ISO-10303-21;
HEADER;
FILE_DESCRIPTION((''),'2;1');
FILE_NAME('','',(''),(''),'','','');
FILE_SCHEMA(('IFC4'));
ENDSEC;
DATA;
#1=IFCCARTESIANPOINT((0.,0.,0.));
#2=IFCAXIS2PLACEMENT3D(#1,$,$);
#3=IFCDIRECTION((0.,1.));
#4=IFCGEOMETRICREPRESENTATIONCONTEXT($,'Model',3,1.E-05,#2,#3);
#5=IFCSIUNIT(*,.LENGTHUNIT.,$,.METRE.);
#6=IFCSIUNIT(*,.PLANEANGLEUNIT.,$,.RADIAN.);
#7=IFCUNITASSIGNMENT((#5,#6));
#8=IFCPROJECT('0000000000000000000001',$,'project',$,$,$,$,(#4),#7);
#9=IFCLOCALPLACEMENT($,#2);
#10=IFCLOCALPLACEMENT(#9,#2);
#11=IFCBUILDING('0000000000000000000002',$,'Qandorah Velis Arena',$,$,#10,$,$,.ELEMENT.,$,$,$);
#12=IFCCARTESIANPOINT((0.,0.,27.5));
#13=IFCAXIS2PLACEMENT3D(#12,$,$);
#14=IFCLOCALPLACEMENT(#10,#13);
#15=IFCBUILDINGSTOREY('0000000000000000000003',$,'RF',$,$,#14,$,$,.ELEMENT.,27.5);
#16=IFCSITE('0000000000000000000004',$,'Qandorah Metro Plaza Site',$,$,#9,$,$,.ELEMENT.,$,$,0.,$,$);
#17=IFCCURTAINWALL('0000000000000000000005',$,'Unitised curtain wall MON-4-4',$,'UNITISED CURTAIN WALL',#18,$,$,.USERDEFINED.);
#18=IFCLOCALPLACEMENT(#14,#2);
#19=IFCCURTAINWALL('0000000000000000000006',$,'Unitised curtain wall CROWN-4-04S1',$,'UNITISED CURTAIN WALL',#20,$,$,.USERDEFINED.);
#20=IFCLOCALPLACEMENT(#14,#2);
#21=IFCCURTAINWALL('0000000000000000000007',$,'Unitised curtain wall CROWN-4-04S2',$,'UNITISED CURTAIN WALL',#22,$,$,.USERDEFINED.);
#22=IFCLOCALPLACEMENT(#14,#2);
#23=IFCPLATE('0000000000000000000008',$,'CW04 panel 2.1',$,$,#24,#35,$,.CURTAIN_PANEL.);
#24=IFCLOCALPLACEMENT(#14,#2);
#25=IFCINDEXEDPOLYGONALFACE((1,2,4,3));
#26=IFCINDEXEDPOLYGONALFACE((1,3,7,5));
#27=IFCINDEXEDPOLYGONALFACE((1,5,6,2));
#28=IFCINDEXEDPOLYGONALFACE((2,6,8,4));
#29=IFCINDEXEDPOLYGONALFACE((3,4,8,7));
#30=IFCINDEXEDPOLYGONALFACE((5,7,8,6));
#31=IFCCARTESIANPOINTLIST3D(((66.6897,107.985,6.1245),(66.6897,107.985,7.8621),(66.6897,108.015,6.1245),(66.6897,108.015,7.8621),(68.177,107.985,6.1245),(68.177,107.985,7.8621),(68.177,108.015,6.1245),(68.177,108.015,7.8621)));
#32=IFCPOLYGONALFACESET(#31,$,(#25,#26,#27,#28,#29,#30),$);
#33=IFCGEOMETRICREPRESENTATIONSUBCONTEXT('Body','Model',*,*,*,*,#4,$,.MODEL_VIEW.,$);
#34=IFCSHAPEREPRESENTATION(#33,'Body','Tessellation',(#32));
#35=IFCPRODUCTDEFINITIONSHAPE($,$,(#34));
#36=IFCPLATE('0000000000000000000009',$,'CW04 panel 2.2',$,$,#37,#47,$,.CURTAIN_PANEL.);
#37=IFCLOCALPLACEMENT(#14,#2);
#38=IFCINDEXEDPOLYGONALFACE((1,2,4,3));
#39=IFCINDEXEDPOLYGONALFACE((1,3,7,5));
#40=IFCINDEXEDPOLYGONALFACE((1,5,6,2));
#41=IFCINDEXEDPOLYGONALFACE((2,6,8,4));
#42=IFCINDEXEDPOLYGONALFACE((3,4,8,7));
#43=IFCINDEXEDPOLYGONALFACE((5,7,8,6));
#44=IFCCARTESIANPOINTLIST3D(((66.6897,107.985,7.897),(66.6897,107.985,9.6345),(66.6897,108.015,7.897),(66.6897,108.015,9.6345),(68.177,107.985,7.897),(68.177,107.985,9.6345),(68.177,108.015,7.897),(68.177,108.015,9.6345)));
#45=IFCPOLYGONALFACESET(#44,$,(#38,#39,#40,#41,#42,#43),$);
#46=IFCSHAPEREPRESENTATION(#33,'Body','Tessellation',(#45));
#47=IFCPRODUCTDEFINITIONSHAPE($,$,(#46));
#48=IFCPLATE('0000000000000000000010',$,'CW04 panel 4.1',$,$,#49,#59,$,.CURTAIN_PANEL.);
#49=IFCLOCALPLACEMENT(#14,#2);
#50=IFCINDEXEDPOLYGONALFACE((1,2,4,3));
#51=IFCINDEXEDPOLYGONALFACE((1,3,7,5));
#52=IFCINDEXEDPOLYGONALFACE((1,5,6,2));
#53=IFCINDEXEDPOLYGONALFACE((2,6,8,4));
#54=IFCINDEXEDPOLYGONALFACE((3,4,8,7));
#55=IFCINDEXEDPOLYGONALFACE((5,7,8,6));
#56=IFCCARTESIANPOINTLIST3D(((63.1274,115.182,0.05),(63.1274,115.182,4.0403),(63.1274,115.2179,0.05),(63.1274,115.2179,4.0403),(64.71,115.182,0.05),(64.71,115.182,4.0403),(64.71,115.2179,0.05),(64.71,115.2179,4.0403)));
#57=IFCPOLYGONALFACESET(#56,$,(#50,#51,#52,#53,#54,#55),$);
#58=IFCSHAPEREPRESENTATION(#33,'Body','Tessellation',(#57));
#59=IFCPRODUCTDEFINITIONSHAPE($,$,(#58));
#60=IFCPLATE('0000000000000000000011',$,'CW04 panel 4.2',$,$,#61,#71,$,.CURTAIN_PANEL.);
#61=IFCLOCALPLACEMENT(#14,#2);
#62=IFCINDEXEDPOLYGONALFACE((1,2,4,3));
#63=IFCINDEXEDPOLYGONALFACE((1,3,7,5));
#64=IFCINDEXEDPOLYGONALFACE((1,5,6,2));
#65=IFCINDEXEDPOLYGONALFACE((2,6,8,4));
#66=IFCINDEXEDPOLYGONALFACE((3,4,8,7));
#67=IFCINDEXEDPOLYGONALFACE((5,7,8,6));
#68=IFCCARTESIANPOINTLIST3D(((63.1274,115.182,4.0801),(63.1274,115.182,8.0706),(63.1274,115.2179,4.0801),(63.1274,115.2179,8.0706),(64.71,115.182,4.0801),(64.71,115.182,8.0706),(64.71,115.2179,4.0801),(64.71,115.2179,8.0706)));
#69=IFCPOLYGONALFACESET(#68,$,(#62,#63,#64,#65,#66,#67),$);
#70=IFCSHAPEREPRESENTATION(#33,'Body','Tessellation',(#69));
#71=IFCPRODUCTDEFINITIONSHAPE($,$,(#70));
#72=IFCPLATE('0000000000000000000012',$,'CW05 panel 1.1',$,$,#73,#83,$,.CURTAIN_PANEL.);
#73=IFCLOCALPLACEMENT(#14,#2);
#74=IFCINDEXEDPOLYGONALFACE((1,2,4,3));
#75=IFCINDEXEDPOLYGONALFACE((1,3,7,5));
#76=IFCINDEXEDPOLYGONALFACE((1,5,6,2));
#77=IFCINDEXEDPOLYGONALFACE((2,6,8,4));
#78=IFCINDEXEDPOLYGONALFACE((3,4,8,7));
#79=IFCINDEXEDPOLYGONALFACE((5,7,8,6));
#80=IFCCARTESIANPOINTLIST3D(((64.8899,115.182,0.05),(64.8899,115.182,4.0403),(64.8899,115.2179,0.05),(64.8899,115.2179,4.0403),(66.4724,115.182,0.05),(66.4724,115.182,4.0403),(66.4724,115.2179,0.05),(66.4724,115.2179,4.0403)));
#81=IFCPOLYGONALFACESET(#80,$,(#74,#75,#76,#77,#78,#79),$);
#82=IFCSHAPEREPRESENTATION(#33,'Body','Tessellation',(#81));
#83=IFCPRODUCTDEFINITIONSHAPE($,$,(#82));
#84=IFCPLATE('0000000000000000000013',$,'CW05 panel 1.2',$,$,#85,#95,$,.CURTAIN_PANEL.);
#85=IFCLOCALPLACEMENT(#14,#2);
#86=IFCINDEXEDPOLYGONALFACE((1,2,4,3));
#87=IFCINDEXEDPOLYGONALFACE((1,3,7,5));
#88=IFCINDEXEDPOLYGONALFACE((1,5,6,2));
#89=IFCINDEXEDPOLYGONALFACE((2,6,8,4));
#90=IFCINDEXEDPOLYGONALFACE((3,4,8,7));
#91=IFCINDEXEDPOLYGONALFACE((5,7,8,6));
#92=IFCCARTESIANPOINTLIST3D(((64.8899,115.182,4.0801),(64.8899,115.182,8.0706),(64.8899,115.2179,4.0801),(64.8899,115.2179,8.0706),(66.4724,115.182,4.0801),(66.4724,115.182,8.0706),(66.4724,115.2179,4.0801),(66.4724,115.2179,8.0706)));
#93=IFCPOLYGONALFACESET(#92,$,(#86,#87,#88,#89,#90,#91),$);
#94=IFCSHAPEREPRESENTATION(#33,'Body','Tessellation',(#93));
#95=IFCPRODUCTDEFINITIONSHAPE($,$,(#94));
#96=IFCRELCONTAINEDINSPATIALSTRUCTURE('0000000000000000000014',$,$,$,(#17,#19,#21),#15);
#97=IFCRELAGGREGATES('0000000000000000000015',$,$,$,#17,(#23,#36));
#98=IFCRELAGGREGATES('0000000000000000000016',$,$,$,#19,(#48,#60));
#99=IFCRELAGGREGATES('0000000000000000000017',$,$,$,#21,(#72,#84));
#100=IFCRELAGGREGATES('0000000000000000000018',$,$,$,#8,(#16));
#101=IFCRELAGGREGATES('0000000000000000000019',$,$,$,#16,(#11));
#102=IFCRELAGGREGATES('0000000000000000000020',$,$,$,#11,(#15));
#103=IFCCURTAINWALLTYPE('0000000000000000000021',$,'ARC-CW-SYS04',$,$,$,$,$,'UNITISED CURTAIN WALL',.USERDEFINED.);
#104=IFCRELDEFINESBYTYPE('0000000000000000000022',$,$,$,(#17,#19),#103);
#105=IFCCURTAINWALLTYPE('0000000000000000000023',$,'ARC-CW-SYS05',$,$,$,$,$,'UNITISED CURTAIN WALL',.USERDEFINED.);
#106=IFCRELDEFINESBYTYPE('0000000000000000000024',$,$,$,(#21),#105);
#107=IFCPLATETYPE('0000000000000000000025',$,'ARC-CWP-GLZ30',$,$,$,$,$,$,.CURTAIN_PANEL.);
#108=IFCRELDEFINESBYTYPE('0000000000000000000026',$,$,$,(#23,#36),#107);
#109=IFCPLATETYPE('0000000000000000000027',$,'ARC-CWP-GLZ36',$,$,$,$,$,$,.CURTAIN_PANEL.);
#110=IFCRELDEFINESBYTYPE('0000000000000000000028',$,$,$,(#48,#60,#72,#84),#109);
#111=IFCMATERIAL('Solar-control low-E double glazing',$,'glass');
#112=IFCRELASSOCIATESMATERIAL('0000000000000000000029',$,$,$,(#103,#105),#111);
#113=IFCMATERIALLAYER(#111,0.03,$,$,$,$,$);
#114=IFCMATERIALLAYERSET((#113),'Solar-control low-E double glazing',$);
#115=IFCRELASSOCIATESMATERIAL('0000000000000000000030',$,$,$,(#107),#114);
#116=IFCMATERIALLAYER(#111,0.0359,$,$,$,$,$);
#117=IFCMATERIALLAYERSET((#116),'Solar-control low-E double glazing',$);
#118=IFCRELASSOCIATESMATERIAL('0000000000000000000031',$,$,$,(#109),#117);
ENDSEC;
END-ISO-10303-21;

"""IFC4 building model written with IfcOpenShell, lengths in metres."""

from ifc_helpers import new_model, si_unit, direction, frame, origin, origin_2d, place, context, subcontext, project, spatial, rectangle, extrude, material, layer, layer_set, type_object, element, aggregate, save


model = new_model("IFC4")

# Units and contexts
model_context = context("Model", 3, precision=1e-05, world=origin(), true_north=direction((0.0, 1.0)))
body_context = subcontext(model_context, "Body", "Model", "MODEL_VIEW")
ifc_project = project(units=[si_unit("LENGTHUNIT", "METRE"), si_unit("PLANEANGLEUNIT", "RADIAN")], contexts=[model_context])

# Site, building, storey
site_placement = place(None, origin())
site = spatial("IfcSite", under=ifc_project, at=site_placement, Name="Qandorah Metro Plaza Site", CompositionType="ELEMENT", RefElevation=0.0)
building_placement = place(site_placement, origin())
building = spatial("IfcBuilding", under=site, at=building_placement, Name="Qandorah Velis Arena", CompositionType="ELEMENT")
storey_placement = place(building_placement, frame((0.0, 0.0, 27.5)))
storey = spatial("IfcBuildingStorey", under=building, at=storey_placement, Name="RF", CompositionType="ELEMENT", Elevation=27.5)

# Curtain walls
ifc_material_1 = material(Name="Solar-control low-E double glazing", Category="glass")
curtain_wall_type_1 = type_object("IfcCurtainWallType", Name="ARC-CW-SYS04", ElementType="UNITISED CURTAIN WALL", PredefinedType="USERDEFINED", material=ifc_material_1)
curtain_wall_1_placement = place(storey_placement, origin())
curtain_wall_1 = element("IfcCurtainWall", 1, at=curtain_wall_1_placement, inside=storey, type_object=curtain_wall_type_1, Name="Unitised curtain wall MON-4-4", ObjectType="UNITISED CURTAIN WALL", PredefinedType="USERDEFINED")
curtain_wall_2_placement = place(storey_placement, origin())
curtain_wall_2 = element("IfcCurtainWall", 2, at=curtain_wall_2_placement, inside=storey, type_object=curtain_wall_type_1, Name="Unitised curtain wall CROWN-4-04S1", ObjectType="UNITISED CURTAIN WALL", PredefinedType="USERDEFINED")
curtain_wall_type_2 = type_object("IfcCurtainWallType", Name="ARC-CW-SYS05", ElementType="UNITISED CURTAIN WALL", PredefinedType="USERDEFINED", material=ifc_material_1)
curtain_wall_3_placement = place(storey_placement, origin())
curtain_wall_3 = element("IfcCurtainWall", 3, at=curtain_wall_3_placement, inside=storey, type_object=curtain_wall_type_2, Name="Unitised curtain wall CROWN-4-04S2", ObjectType="UNITISED CURTAIN WALL", PredefinedType="USERDEFINED")

# Plates
ifc_layer_1 = layer(ifc_material_1, 0.03)
ifc_layer_set_1 = layer_set([ifc_layer_1], Name="Solar-control low-E double glazing")
plate_type_1 = type_object("IfcPlateType", Name="ARC-CWP-GLZ30", PredefinedType="CURTAIN_PANEL", material=ifc_layer_set_1)
plate_1_placement = place(storey_placement, frame((67.4333, 108.0, 6.1245), z_axis=(0.0, 0.0, 1.0), x_axis=(1.0, 0.0, 0.0)))
plate_1 = element("IfcPlate", 4, at=plate_1_placement, type_object=plate_type_1, Name="CW04 panel 2.1", PredefinedType="CURTAIN_PANEL", context=body_context, shape_type="SweptSolid", body=[
    extrude(rectangle(XDim=1.4873, YDim=0.03, at=origin_2d()), origin(), (0.0, 0.0, 1.0), 1.7375),
])
plate_2_placement = place(storey_placement, frame((67.4333, 108.0, 7.897), z_axis=(0.0, 0.0, 1.0), x_axis=(1.0, 0.0, 0.0)))
plate_2 = element("IfcPlate", 5, at=plate_2_placement, type_object=plate_type_1, Name="CW04 panel 2.2", PredefinedType="CURTAIN_PANEL", context=body_context, shape_type="SweptSolid", body=[
    extrude(rectangle(XDim=1.4873, YDim=0.03, at=origin_2d()), origin(), (0.0, 0.0, 1.0), 1.7375),
])
aggregate(curtain_wall_1, [plate_1, plate_2])
ifc_layer_2 = layer(ifc_material_1, 0.0359)
ifc_layer_set_2 = layer_set([ifc_layer_2], Name="Solar-control low-E double glazing")
plate_type_2 = type_object("IfcPlateType", Name="ARC-CWP-GLZ36", PredefinedType="CURTAIN_PANEL", material=ifc_layer_set_2)
plate_3_placement = place(storey_placement, frame((63.9187, 115.2, 0.05), z_axis=(0.0, 0.0, 1.0), x_axis=(1.0, 0.0, 0.0)))
plate_3 = element("IfcPlate", 6, at=plate_3_placement, type_object=plate_type_2, Name="CW04 panel 4.1", PredefinedType="CURTAIN_PANEL", context=body_context, shape_type="SweptSolid", body=[
    extrude(rectangle(XDim=1.5825, YDim=0.0359, at=origin_2d()), origin(), (0.0, 0.0, 1.0), 3.9902),
])
plate_4_placement = place(storey_placement, frame((63.9187, 115.2, 4.0801), z_axis=(0.0, 0.0, 1.0), x_axis=(1.0, 0.0, 0.0)))
plate_4 = element("IfcPlate", 7, at=plate_4_placement, type_object=plate_type_2, Name="CW04 panel 4.2", PredefinedType="CURTAIN_PANEL", context=body_context, shape_type="SweptSolid", body=[
    extrude(rectangle(XDim=1.5825, YDim=0.0359, at=origin_2d()), origin(), (0.0, 0.0, 1.0), 3.9905),
])
aggregate(curtain_wall_2, [plate_3, plate_4])
plate_5_placement = place(storey_placement, frame((65.6812, 115.2, 0.05), z_axis=(0.0, 0.0, 1.0), x_axis=(1.0, 0.0, 0.0)))
plate_5 = element("IfcPlate", 8, at=plate_5_placement, type_object=plate_type_2, Name="CW05 panel 1.1", PredefinedType="CURTAIN_PANEL", context=body_context, shape_type="SweptSolid", body=[
    extrude(rectangle(XDim=1.5825, YDim=0.0359, at=origin_2d()), origin(), (0.0, 0.0, 1.0), 3.9902),
])
plate_6_placement = place(storey_placement, frame((65.6812, 115.2, 4.0801), z_axis=(0.0, 0.0, 1.0), x_axis=(1.0, 0.0, 0.0)))
plate_6 = element("IfcPlate", 9, at=plate_6_placement, type_object=plate_type_2, Name="CW05 panel 1.2", PredefinedType="CURTAIN_PANEL", context=body_context, shape_type="SweptSolid", body=[
    extrude(rectangle(XDim=1.5825, YDim=0.0359, at=origin_2d()), origin(), (0.0, 0.0, 1.0), 3.9905),
])
aggregate(curtain_wall_3, [plate_5, plate_6])

save(model, "model.ifc")
